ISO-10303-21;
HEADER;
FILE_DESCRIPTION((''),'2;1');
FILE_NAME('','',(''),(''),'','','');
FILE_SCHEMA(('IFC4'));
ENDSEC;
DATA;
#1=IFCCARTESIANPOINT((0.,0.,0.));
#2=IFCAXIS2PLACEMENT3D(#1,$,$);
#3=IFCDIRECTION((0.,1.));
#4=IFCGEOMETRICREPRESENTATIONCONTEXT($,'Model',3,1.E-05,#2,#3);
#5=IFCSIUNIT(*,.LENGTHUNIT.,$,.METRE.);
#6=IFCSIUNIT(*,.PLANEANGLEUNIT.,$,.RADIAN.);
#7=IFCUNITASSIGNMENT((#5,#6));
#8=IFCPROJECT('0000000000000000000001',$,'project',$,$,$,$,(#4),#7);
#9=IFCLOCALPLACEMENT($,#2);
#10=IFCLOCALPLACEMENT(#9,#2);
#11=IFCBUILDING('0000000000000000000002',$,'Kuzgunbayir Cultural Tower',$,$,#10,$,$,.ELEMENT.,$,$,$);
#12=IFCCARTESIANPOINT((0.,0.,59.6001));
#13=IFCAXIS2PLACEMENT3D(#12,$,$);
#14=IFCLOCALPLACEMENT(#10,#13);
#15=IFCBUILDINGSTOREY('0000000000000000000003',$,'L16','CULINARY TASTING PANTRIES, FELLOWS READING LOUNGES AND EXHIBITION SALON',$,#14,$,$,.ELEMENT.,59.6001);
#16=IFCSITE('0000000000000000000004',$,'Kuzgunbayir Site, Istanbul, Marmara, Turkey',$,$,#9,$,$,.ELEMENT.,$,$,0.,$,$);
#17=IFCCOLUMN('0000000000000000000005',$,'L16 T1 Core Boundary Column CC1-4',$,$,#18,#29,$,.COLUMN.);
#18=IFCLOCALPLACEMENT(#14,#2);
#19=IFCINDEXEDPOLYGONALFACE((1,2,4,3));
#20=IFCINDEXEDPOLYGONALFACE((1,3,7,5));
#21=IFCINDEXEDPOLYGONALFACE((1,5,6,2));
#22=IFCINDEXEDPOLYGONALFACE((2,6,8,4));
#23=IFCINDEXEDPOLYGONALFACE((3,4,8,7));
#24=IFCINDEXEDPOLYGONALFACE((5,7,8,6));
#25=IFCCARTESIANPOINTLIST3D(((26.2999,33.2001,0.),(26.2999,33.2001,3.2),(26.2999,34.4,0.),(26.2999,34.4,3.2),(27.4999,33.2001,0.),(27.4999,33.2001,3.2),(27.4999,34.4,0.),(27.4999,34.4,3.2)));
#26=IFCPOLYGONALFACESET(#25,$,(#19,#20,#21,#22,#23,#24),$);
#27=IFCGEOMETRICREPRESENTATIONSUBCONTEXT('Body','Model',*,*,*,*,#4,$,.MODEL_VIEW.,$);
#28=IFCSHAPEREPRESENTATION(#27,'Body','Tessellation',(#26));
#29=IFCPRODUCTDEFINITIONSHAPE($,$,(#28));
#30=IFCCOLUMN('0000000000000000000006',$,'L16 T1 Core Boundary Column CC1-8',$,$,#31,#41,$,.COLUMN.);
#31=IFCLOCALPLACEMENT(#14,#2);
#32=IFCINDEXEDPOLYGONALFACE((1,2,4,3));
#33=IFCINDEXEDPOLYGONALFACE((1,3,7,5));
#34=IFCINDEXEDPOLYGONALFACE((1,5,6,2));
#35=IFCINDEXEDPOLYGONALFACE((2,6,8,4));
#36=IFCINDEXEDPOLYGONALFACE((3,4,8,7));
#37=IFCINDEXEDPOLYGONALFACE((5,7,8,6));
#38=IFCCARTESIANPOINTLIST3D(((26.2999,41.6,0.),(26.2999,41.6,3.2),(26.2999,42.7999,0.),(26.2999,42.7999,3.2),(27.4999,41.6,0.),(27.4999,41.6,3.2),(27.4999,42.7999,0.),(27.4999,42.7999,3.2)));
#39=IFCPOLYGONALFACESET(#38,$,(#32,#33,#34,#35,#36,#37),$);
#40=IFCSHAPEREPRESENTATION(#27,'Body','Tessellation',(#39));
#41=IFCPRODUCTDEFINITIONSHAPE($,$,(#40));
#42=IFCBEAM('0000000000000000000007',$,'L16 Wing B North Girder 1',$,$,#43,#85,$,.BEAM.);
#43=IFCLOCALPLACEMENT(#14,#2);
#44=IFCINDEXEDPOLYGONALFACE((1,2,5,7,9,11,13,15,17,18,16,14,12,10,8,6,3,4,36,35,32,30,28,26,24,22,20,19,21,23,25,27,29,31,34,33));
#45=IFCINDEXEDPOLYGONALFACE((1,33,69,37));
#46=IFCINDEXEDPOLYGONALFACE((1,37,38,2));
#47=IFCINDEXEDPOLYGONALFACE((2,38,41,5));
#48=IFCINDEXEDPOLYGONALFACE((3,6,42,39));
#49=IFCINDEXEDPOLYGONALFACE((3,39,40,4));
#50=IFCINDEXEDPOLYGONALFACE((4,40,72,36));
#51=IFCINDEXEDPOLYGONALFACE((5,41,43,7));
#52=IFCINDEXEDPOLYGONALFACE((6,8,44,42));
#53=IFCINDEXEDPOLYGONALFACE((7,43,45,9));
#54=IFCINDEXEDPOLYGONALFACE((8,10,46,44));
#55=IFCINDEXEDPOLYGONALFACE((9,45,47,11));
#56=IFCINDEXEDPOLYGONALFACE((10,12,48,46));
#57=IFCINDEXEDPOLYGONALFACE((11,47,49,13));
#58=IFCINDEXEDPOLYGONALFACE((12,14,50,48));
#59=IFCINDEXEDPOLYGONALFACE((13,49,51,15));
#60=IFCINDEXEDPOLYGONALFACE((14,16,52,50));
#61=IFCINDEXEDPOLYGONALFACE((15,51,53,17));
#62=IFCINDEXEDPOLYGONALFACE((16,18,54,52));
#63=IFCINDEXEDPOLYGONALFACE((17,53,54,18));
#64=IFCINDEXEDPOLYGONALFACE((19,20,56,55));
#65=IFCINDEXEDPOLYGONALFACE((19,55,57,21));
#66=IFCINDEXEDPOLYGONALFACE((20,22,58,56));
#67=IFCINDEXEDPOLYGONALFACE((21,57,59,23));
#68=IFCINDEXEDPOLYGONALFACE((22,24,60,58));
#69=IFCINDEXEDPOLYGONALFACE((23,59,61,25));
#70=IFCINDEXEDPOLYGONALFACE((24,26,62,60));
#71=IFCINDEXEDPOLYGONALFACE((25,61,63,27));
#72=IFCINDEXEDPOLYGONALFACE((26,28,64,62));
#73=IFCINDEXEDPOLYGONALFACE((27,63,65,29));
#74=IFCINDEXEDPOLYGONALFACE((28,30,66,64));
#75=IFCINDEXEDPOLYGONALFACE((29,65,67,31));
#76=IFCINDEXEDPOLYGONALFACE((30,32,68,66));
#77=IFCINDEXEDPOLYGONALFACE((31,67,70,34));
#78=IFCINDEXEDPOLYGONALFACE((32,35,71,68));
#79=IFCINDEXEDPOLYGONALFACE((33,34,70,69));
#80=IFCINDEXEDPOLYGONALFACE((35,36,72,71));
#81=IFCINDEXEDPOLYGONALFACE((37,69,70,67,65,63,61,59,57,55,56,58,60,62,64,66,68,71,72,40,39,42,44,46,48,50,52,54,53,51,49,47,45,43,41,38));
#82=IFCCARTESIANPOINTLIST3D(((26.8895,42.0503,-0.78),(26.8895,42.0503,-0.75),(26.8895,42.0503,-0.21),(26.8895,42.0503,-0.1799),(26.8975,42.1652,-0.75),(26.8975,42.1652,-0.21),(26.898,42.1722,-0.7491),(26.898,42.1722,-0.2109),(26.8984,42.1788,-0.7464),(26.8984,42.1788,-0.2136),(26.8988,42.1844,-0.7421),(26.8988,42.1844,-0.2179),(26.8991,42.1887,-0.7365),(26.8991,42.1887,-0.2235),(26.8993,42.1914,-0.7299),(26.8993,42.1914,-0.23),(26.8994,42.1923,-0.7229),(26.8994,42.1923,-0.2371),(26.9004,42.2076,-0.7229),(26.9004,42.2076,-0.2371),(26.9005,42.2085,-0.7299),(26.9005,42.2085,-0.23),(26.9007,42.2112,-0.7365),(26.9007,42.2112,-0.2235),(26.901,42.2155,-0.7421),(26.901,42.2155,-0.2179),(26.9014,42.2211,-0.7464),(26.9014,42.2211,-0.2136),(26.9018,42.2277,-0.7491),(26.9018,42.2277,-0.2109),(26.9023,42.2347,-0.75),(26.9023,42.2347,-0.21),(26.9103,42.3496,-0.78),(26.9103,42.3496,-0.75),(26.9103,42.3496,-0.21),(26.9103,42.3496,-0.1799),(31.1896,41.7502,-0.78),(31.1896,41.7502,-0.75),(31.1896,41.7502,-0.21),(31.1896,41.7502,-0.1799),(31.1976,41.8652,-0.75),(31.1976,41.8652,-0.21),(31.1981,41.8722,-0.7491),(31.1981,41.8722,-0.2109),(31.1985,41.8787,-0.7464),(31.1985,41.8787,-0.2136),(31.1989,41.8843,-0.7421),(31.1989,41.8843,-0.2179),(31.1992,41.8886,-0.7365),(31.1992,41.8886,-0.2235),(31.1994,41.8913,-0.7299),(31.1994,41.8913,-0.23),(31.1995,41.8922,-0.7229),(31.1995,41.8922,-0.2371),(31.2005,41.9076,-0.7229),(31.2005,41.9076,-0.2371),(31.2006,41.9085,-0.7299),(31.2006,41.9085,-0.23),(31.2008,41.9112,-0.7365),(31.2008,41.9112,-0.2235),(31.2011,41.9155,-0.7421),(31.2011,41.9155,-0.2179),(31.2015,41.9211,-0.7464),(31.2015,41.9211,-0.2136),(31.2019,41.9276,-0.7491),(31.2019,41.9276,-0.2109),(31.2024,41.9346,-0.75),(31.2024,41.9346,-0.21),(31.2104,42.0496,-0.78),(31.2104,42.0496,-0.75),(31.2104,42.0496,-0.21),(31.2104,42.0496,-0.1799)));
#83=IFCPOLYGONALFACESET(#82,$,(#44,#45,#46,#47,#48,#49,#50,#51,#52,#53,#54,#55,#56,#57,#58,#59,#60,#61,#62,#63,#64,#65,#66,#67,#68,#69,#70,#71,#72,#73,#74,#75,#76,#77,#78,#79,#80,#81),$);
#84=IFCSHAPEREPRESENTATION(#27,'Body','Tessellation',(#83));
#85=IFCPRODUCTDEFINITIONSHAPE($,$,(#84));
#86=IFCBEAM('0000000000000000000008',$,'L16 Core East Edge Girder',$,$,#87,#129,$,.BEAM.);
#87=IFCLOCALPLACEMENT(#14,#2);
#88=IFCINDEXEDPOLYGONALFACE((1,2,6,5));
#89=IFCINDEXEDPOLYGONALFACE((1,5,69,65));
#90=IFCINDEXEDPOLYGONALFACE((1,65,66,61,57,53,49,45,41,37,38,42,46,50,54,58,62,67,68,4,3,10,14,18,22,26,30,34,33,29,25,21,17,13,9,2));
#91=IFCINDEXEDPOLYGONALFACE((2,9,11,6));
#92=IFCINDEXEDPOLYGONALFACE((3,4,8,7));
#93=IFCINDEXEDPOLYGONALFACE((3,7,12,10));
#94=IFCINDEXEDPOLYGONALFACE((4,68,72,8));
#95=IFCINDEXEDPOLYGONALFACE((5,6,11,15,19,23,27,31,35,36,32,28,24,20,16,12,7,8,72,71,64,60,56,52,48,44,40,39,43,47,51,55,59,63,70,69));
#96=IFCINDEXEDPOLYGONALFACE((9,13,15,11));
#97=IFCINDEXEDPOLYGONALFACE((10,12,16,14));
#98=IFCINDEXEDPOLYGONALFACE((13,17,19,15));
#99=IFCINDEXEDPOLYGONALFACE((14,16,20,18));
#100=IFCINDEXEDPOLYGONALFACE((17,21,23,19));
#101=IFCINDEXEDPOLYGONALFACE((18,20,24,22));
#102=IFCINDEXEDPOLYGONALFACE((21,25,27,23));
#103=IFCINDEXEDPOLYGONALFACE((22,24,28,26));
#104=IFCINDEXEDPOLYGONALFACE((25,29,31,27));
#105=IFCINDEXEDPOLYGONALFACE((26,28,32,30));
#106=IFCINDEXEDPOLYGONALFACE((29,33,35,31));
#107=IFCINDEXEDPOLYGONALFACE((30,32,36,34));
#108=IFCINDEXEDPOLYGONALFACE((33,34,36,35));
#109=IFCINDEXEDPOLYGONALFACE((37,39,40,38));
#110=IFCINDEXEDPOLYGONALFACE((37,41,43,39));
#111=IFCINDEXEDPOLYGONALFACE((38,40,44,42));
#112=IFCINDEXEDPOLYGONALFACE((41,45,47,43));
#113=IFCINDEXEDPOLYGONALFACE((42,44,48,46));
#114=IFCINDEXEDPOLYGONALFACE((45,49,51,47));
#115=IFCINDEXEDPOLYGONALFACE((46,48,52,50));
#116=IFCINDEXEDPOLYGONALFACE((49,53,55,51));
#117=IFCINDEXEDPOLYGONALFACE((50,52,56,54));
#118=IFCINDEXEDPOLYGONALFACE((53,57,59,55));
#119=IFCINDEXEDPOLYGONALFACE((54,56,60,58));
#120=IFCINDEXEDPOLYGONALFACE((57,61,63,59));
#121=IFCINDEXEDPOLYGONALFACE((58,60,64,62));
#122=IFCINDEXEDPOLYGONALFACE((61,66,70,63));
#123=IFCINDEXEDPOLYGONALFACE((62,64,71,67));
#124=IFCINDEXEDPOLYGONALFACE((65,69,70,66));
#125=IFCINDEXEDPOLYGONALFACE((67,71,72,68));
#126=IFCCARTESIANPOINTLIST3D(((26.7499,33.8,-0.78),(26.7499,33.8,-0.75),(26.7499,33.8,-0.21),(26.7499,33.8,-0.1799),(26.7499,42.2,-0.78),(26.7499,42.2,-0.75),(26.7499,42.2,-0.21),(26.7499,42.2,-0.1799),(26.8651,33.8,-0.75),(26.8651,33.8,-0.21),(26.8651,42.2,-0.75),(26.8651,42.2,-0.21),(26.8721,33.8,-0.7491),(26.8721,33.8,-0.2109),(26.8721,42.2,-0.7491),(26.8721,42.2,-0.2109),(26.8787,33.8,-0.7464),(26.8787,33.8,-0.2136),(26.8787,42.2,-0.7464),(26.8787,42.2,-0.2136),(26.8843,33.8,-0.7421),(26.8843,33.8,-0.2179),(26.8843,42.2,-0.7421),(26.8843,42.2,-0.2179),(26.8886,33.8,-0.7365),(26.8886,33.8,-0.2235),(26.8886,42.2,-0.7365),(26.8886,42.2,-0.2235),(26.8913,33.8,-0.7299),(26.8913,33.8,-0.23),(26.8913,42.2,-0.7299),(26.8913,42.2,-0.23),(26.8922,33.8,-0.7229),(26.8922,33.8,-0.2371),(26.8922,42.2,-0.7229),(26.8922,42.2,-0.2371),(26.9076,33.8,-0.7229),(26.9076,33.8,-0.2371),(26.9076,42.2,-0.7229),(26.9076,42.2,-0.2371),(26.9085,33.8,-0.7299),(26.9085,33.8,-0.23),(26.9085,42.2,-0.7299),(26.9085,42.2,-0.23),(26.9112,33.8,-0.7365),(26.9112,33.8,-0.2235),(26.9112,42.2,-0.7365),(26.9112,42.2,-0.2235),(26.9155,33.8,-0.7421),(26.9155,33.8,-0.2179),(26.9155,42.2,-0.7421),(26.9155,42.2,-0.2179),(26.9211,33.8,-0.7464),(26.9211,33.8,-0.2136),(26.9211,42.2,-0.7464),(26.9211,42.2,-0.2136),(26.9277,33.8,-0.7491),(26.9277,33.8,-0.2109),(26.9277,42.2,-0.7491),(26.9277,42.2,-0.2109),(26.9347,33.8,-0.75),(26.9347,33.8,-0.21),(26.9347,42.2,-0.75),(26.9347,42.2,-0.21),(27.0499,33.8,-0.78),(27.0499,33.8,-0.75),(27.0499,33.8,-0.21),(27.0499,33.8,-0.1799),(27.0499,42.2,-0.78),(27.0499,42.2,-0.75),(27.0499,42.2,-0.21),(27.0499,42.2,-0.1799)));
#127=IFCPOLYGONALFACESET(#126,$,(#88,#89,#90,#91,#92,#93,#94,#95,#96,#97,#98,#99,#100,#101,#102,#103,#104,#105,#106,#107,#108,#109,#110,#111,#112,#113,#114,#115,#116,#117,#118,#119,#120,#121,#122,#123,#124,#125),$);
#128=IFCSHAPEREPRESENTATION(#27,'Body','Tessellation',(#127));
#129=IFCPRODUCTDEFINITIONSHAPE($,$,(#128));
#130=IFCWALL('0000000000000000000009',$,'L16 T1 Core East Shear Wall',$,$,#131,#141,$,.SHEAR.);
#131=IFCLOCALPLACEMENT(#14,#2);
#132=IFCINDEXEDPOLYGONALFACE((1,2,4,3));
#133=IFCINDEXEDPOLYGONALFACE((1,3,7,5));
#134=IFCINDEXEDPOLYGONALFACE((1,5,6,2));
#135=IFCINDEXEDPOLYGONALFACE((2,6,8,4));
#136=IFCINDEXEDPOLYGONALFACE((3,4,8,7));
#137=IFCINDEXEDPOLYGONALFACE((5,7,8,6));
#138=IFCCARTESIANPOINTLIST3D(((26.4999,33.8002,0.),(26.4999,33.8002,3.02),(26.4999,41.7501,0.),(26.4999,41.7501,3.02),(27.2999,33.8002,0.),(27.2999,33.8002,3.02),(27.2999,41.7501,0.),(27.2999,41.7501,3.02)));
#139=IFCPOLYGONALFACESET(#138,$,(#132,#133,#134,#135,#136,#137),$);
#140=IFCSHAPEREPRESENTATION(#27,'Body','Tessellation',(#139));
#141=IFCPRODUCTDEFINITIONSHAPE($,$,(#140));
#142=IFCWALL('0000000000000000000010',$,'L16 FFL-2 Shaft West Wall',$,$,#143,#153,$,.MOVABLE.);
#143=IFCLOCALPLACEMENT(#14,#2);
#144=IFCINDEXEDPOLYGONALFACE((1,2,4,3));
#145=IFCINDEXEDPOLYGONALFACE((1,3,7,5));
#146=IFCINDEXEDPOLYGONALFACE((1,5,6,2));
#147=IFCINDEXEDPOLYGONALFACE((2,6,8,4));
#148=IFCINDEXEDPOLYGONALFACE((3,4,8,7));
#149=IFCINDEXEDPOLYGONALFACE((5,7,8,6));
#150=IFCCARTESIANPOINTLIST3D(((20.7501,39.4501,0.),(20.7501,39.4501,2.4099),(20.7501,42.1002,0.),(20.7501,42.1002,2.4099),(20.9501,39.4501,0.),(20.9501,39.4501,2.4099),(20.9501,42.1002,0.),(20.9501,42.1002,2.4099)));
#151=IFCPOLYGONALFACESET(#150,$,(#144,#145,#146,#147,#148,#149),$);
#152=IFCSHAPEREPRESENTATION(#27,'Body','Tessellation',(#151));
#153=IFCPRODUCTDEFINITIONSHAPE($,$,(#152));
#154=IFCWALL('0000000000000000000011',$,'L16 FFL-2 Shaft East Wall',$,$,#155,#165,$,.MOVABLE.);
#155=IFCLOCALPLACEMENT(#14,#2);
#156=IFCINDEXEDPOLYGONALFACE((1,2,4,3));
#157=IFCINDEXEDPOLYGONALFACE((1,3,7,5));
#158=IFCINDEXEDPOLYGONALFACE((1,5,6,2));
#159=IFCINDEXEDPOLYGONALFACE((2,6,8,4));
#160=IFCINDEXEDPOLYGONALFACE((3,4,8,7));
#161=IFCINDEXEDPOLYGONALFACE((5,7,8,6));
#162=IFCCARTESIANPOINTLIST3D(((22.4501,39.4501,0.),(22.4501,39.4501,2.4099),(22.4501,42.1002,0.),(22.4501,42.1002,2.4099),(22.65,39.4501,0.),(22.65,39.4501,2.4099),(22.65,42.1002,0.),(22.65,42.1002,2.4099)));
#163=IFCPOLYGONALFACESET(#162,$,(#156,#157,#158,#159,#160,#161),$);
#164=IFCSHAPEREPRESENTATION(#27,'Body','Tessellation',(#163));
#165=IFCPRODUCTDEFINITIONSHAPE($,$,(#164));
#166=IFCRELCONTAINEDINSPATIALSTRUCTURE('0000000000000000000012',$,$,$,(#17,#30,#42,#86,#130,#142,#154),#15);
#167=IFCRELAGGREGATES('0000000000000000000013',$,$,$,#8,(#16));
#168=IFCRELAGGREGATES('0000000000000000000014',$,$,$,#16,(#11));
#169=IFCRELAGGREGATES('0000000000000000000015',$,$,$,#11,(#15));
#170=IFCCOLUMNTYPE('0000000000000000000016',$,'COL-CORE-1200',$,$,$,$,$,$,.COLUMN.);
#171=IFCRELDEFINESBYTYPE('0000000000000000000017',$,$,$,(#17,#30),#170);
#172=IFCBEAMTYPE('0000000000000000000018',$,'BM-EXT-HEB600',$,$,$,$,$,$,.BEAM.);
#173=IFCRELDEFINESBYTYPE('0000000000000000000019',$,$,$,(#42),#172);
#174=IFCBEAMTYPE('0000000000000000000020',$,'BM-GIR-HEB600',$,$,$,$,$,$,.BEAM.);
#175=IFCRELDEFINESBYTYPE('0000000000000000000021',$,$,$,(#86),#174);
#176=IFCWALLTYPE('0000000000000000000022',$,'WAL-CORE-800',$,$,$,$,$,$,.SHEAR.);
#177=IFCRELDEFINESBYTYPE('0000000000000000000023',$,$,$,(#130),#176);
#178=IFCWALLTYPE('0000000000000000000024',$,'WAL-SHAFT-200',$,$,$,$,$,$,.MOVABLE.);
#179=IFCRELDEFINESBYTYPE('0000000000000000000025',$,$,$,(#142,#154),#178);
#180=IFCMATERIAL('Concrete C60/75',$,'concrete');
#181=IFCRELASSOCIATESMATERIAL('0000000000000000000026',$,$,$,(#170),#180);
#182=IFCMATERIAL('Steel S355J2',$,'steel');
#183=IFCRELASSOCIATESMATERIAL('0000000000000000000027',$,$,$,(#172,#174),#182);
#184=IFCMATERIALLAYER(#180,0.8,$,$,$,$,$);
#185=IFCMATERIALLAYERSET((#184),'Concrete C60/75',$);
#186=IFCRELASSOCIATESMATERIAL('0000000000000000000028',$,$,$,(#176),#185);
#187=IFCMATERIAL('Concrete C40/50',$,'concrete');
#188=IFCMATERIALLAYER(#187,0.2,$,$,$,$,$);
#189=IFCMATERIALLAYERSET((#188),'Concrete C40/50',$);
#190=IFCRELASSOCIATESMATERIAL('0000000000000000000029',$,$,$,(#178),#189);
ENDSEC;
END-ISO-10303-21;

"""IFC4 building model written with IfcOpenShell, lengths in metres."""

from ifc_helpers import new_model, si_unit, direction, frame, frame_2d, origin, origin_2d, place, context, subcontext, project, spatial, rectangle, i_section, extrude, material, layer, layer_set, material_profile, profile_set, type_object, element, save


model = new_model("IFC4")

# Units and contexts
model_context = context("Model", 3, precision=1e-05, world=origin(), true_north=direction((0.0, 1.0)))
body_context = subcontext(model_context, "Body", "Model", "MODEL_VIEW")
ifc_project = project(units=[si_unit("LENGTHUNIT", "METRE"), si_unit("PLANEANGLEUNIT", "RADIAN")], contexts=[model_context])

# Site, building, storey
site_placement = place(None, origin())
site = spatial("IfcSite", under=ifc_project, at=site_placement, Name="Kuzgunbayir Site, Istanbul, Marmara, Turkey", CompositionType="ELEMENT", RefElevation=0.0)
building_placement = place(site_placement, origin())
building = spatial("IfcBuilding", under=site, at=building_placement, Name="Kuzgunbayir Cultural Tower", CompositionType="ELEMENT")
storey_placement = place(building_placement, frame((0.0, 0.0, 59.6001)))
storey = spatial("IfcBuildingStorey", under=building, at=storey_placement, Name="L16", Description="CULINARY TASTING PANTRIES, FELLOWS READING LOUNGES AND EXHIBITION SALON", CompositionType="ELEMENT", Elevation=59.6001)

# Columns
ifc_material_1 = material(Name="Concrete C60/75", Category="concrete")
ifc_material_profile_1 = material_profile(ifc_material_1, rectangle(XDim=1.2, YDim=1.2, at=origin_2d()), Name="RC 1200x1200")
ifc_profile_set_1 = profile_set([ifc_material_profile_1], Name="Concrete C60/75")
column_type = type_object("IfcColumnType", Name="COL-CORE-1200", PredefinedType="COLUMN", material=ifc_profile_set_1)
for number, where, z_axis, x_axis, name in (
    (1, (26.8999, 33.8, 0.0), (0.0, 0.0, 1.0), (1.0, 0.0, 0.0), "L16 T1 Core Boundary Column CC1-4"),
    (2, (26.8999, 42.2, 0.0), (0.0, 0.0, 1.0), (1.0, 0.0, 0.0), "L16 T1 Core Boundary Column CC1-8"),
):
    element("IfcColumn", number, at=place(storey_placement, frame(where, z_axis=z_axis, x_axis=x_axis)), inside=storey, type_object=column_type, Name=name, PredefinedType="COLUMN", context=body_context, shape_type="SweptSolid", body=[
        extrude(rectangle(XDim=1.2, YDim=1.2, at=origin_2d()), origin(), (0.0, 0.0, 1.0), 3.2),
    ])

# Beams
ifc_material_2 = material(Name="Steel S355J2", Category="steel")
ifc_material_profile_2 = material_profile(ifc_material_2, i_section(OverallWidth=0.3, OverallDepth=0.6001, WebThickness=0.0154, FlangeThickness=0.03, FilletRadius=0.0271, at=origin_2d()), Name="HEB 600")
ifc_profile_set_2 = profile_set([ifc_material_profile_2], Name="Steel S355J2")
beam_type_1 = type_object("IfcBeamType", Name="BM-EXT-HEB600", PredefinedType="BEAM", material=ifc_profile_set_2)
beam_1_placement = place(storey_placement, frame((26.8999, 42.2, -0.48), z_axis=(0.997574, -0.069609, 0.0), x_axis=(0.069609, 0.997574, 0.0)))
element("IfcBeam", 3, at=beam_1_placement, inside=storey, type_object=beam_type_1, Name="L16 Wing B North Girder 1", PredefinedType="BEAM", context=body_context, shape_type="SweptSolid", body=[
    extrude(i_section(OverallWidth=0.3, OverallDepth=0.6001, WebThickness=0.0154, FlangeThickness=0.03, FilletRadius=0.0271, at=origin_2d()), origin(), (0.0, 0.0, 1.0), 4.3105),
])
ifc_material_profile_3 = material_profile(ifc_material_2, i_section(OverallWidth=0.3, OverallDepth=0.6001, WebThickness=0.0154, FlangeThickness=0.03, FilletRadius=0.0271, at=origin_2d()), Name="HEB 600")
ifc_profile_set_3 = profile_set([ifc_material_profile_3], Name="Steel S355J2")
beam_type_2 = type_object("IfcBeamType", Name="BM-GIR-HEB600", PredefinedType="BEAM", material=ifc_profile_set_3)
beam_2_placement = place(storey_placement, frame((26.8999, 33.8, -0.48), z_axis=(0.0, 1.0, 0.0), x_axis=(-1.0, 0.0, 0.0)))
element("IfcBeam", 4, at=beam_2_placement, inside=storey, type_object=beam_type_2, Name="L16 Core East Edge Girder", PredefinedType="BEAM", context=body_context, shape_type="SweptSolid", body=[
    extrude(i_section(OverallWidth=0.3, OverallDepth=0.6001, WebThickness=0.0154, FlangeThickness=0.03, FilletRadius=0.0271, at=origin_2d()), origin(), (0.0, 0.0, 1.0), 8.3999),
])

# Wall
ifc_layer_1 = layer(ifc_material_1, 0.8)
ifc_layer_set_1 = layer_set([ifc_layer_1], Name="Concrete C60/75")
wall_type_1 = type_object("IfcWallType", Name="WAL-CORE-800", PredefinedType="SHEAR", material=ifc_layer_set_1)
wall_1_placement = place(storey_placement, frame((26.8999, 33.8, 0.0), z_axis=(0.0, 0.0, 1.0), x_axis=(0.0, 1.0, 0.0)))
element("IfcWall", 5, at=wall_1_placement, inside=storey, type_object=wall_type_1, Name="L16 T1 Core East Shear Wall", PredefinedType="SHEAR", context=body_context, shape_type="SweptSolid", body=[
    extrude(rectangle(XDim=7.95, YDim=0.8, at=frame_2d((3.9751, 0.0))), origin(), (0.0, 0.0, 1.0), 3.02),
])

# Shared definitions
ifc_material_3 = material(Name="Concrete C40/50", Category="concrete")
ifc_layer_2 = layer(ifc_material_3, 0.2)
ifc_layer_set_2 = layer_set([ifc_layer_2], Name="Concrete C40/50")
wall_type_2 = type_object("IfcWallType", Name="WAL-SHAFT-200", PredefinedType="MOVABLE", material=ifc_layer_set_2)

# Walls
for number, where, z_axis, x_axis, name in (
    (6, (20.8501, 39.45, 0.0), (0.0, 0.0, 1.0), (0.0, 1.0, 0.0), "L16 FFL-2 Shaft West Wall"),
    (7, (22.55, 39.45, 0.0), (0.0, 0.0, 1.0), (0.0, 1.0, 0.0), "L16 FFL-2 Shaft East Wall"),
):
    element("IfcWall", number, at=place(storey_placement, frame(where, z_axis=z_axis, x_axis=x_axis)), inside=storey, type_object=wall_type_2, Name=name, PredefinedType="MOVABLE", context=body_context, shape_type="SweptSolid", body=[
        extrude(rectangle(XDim=2.6501, YDim=0.2, at=frame_2d((1.3252, 0.0))), origin(), (0.0, 0.0, 1.0), 2.4099),
    ])

save(model, "model.ifc")
